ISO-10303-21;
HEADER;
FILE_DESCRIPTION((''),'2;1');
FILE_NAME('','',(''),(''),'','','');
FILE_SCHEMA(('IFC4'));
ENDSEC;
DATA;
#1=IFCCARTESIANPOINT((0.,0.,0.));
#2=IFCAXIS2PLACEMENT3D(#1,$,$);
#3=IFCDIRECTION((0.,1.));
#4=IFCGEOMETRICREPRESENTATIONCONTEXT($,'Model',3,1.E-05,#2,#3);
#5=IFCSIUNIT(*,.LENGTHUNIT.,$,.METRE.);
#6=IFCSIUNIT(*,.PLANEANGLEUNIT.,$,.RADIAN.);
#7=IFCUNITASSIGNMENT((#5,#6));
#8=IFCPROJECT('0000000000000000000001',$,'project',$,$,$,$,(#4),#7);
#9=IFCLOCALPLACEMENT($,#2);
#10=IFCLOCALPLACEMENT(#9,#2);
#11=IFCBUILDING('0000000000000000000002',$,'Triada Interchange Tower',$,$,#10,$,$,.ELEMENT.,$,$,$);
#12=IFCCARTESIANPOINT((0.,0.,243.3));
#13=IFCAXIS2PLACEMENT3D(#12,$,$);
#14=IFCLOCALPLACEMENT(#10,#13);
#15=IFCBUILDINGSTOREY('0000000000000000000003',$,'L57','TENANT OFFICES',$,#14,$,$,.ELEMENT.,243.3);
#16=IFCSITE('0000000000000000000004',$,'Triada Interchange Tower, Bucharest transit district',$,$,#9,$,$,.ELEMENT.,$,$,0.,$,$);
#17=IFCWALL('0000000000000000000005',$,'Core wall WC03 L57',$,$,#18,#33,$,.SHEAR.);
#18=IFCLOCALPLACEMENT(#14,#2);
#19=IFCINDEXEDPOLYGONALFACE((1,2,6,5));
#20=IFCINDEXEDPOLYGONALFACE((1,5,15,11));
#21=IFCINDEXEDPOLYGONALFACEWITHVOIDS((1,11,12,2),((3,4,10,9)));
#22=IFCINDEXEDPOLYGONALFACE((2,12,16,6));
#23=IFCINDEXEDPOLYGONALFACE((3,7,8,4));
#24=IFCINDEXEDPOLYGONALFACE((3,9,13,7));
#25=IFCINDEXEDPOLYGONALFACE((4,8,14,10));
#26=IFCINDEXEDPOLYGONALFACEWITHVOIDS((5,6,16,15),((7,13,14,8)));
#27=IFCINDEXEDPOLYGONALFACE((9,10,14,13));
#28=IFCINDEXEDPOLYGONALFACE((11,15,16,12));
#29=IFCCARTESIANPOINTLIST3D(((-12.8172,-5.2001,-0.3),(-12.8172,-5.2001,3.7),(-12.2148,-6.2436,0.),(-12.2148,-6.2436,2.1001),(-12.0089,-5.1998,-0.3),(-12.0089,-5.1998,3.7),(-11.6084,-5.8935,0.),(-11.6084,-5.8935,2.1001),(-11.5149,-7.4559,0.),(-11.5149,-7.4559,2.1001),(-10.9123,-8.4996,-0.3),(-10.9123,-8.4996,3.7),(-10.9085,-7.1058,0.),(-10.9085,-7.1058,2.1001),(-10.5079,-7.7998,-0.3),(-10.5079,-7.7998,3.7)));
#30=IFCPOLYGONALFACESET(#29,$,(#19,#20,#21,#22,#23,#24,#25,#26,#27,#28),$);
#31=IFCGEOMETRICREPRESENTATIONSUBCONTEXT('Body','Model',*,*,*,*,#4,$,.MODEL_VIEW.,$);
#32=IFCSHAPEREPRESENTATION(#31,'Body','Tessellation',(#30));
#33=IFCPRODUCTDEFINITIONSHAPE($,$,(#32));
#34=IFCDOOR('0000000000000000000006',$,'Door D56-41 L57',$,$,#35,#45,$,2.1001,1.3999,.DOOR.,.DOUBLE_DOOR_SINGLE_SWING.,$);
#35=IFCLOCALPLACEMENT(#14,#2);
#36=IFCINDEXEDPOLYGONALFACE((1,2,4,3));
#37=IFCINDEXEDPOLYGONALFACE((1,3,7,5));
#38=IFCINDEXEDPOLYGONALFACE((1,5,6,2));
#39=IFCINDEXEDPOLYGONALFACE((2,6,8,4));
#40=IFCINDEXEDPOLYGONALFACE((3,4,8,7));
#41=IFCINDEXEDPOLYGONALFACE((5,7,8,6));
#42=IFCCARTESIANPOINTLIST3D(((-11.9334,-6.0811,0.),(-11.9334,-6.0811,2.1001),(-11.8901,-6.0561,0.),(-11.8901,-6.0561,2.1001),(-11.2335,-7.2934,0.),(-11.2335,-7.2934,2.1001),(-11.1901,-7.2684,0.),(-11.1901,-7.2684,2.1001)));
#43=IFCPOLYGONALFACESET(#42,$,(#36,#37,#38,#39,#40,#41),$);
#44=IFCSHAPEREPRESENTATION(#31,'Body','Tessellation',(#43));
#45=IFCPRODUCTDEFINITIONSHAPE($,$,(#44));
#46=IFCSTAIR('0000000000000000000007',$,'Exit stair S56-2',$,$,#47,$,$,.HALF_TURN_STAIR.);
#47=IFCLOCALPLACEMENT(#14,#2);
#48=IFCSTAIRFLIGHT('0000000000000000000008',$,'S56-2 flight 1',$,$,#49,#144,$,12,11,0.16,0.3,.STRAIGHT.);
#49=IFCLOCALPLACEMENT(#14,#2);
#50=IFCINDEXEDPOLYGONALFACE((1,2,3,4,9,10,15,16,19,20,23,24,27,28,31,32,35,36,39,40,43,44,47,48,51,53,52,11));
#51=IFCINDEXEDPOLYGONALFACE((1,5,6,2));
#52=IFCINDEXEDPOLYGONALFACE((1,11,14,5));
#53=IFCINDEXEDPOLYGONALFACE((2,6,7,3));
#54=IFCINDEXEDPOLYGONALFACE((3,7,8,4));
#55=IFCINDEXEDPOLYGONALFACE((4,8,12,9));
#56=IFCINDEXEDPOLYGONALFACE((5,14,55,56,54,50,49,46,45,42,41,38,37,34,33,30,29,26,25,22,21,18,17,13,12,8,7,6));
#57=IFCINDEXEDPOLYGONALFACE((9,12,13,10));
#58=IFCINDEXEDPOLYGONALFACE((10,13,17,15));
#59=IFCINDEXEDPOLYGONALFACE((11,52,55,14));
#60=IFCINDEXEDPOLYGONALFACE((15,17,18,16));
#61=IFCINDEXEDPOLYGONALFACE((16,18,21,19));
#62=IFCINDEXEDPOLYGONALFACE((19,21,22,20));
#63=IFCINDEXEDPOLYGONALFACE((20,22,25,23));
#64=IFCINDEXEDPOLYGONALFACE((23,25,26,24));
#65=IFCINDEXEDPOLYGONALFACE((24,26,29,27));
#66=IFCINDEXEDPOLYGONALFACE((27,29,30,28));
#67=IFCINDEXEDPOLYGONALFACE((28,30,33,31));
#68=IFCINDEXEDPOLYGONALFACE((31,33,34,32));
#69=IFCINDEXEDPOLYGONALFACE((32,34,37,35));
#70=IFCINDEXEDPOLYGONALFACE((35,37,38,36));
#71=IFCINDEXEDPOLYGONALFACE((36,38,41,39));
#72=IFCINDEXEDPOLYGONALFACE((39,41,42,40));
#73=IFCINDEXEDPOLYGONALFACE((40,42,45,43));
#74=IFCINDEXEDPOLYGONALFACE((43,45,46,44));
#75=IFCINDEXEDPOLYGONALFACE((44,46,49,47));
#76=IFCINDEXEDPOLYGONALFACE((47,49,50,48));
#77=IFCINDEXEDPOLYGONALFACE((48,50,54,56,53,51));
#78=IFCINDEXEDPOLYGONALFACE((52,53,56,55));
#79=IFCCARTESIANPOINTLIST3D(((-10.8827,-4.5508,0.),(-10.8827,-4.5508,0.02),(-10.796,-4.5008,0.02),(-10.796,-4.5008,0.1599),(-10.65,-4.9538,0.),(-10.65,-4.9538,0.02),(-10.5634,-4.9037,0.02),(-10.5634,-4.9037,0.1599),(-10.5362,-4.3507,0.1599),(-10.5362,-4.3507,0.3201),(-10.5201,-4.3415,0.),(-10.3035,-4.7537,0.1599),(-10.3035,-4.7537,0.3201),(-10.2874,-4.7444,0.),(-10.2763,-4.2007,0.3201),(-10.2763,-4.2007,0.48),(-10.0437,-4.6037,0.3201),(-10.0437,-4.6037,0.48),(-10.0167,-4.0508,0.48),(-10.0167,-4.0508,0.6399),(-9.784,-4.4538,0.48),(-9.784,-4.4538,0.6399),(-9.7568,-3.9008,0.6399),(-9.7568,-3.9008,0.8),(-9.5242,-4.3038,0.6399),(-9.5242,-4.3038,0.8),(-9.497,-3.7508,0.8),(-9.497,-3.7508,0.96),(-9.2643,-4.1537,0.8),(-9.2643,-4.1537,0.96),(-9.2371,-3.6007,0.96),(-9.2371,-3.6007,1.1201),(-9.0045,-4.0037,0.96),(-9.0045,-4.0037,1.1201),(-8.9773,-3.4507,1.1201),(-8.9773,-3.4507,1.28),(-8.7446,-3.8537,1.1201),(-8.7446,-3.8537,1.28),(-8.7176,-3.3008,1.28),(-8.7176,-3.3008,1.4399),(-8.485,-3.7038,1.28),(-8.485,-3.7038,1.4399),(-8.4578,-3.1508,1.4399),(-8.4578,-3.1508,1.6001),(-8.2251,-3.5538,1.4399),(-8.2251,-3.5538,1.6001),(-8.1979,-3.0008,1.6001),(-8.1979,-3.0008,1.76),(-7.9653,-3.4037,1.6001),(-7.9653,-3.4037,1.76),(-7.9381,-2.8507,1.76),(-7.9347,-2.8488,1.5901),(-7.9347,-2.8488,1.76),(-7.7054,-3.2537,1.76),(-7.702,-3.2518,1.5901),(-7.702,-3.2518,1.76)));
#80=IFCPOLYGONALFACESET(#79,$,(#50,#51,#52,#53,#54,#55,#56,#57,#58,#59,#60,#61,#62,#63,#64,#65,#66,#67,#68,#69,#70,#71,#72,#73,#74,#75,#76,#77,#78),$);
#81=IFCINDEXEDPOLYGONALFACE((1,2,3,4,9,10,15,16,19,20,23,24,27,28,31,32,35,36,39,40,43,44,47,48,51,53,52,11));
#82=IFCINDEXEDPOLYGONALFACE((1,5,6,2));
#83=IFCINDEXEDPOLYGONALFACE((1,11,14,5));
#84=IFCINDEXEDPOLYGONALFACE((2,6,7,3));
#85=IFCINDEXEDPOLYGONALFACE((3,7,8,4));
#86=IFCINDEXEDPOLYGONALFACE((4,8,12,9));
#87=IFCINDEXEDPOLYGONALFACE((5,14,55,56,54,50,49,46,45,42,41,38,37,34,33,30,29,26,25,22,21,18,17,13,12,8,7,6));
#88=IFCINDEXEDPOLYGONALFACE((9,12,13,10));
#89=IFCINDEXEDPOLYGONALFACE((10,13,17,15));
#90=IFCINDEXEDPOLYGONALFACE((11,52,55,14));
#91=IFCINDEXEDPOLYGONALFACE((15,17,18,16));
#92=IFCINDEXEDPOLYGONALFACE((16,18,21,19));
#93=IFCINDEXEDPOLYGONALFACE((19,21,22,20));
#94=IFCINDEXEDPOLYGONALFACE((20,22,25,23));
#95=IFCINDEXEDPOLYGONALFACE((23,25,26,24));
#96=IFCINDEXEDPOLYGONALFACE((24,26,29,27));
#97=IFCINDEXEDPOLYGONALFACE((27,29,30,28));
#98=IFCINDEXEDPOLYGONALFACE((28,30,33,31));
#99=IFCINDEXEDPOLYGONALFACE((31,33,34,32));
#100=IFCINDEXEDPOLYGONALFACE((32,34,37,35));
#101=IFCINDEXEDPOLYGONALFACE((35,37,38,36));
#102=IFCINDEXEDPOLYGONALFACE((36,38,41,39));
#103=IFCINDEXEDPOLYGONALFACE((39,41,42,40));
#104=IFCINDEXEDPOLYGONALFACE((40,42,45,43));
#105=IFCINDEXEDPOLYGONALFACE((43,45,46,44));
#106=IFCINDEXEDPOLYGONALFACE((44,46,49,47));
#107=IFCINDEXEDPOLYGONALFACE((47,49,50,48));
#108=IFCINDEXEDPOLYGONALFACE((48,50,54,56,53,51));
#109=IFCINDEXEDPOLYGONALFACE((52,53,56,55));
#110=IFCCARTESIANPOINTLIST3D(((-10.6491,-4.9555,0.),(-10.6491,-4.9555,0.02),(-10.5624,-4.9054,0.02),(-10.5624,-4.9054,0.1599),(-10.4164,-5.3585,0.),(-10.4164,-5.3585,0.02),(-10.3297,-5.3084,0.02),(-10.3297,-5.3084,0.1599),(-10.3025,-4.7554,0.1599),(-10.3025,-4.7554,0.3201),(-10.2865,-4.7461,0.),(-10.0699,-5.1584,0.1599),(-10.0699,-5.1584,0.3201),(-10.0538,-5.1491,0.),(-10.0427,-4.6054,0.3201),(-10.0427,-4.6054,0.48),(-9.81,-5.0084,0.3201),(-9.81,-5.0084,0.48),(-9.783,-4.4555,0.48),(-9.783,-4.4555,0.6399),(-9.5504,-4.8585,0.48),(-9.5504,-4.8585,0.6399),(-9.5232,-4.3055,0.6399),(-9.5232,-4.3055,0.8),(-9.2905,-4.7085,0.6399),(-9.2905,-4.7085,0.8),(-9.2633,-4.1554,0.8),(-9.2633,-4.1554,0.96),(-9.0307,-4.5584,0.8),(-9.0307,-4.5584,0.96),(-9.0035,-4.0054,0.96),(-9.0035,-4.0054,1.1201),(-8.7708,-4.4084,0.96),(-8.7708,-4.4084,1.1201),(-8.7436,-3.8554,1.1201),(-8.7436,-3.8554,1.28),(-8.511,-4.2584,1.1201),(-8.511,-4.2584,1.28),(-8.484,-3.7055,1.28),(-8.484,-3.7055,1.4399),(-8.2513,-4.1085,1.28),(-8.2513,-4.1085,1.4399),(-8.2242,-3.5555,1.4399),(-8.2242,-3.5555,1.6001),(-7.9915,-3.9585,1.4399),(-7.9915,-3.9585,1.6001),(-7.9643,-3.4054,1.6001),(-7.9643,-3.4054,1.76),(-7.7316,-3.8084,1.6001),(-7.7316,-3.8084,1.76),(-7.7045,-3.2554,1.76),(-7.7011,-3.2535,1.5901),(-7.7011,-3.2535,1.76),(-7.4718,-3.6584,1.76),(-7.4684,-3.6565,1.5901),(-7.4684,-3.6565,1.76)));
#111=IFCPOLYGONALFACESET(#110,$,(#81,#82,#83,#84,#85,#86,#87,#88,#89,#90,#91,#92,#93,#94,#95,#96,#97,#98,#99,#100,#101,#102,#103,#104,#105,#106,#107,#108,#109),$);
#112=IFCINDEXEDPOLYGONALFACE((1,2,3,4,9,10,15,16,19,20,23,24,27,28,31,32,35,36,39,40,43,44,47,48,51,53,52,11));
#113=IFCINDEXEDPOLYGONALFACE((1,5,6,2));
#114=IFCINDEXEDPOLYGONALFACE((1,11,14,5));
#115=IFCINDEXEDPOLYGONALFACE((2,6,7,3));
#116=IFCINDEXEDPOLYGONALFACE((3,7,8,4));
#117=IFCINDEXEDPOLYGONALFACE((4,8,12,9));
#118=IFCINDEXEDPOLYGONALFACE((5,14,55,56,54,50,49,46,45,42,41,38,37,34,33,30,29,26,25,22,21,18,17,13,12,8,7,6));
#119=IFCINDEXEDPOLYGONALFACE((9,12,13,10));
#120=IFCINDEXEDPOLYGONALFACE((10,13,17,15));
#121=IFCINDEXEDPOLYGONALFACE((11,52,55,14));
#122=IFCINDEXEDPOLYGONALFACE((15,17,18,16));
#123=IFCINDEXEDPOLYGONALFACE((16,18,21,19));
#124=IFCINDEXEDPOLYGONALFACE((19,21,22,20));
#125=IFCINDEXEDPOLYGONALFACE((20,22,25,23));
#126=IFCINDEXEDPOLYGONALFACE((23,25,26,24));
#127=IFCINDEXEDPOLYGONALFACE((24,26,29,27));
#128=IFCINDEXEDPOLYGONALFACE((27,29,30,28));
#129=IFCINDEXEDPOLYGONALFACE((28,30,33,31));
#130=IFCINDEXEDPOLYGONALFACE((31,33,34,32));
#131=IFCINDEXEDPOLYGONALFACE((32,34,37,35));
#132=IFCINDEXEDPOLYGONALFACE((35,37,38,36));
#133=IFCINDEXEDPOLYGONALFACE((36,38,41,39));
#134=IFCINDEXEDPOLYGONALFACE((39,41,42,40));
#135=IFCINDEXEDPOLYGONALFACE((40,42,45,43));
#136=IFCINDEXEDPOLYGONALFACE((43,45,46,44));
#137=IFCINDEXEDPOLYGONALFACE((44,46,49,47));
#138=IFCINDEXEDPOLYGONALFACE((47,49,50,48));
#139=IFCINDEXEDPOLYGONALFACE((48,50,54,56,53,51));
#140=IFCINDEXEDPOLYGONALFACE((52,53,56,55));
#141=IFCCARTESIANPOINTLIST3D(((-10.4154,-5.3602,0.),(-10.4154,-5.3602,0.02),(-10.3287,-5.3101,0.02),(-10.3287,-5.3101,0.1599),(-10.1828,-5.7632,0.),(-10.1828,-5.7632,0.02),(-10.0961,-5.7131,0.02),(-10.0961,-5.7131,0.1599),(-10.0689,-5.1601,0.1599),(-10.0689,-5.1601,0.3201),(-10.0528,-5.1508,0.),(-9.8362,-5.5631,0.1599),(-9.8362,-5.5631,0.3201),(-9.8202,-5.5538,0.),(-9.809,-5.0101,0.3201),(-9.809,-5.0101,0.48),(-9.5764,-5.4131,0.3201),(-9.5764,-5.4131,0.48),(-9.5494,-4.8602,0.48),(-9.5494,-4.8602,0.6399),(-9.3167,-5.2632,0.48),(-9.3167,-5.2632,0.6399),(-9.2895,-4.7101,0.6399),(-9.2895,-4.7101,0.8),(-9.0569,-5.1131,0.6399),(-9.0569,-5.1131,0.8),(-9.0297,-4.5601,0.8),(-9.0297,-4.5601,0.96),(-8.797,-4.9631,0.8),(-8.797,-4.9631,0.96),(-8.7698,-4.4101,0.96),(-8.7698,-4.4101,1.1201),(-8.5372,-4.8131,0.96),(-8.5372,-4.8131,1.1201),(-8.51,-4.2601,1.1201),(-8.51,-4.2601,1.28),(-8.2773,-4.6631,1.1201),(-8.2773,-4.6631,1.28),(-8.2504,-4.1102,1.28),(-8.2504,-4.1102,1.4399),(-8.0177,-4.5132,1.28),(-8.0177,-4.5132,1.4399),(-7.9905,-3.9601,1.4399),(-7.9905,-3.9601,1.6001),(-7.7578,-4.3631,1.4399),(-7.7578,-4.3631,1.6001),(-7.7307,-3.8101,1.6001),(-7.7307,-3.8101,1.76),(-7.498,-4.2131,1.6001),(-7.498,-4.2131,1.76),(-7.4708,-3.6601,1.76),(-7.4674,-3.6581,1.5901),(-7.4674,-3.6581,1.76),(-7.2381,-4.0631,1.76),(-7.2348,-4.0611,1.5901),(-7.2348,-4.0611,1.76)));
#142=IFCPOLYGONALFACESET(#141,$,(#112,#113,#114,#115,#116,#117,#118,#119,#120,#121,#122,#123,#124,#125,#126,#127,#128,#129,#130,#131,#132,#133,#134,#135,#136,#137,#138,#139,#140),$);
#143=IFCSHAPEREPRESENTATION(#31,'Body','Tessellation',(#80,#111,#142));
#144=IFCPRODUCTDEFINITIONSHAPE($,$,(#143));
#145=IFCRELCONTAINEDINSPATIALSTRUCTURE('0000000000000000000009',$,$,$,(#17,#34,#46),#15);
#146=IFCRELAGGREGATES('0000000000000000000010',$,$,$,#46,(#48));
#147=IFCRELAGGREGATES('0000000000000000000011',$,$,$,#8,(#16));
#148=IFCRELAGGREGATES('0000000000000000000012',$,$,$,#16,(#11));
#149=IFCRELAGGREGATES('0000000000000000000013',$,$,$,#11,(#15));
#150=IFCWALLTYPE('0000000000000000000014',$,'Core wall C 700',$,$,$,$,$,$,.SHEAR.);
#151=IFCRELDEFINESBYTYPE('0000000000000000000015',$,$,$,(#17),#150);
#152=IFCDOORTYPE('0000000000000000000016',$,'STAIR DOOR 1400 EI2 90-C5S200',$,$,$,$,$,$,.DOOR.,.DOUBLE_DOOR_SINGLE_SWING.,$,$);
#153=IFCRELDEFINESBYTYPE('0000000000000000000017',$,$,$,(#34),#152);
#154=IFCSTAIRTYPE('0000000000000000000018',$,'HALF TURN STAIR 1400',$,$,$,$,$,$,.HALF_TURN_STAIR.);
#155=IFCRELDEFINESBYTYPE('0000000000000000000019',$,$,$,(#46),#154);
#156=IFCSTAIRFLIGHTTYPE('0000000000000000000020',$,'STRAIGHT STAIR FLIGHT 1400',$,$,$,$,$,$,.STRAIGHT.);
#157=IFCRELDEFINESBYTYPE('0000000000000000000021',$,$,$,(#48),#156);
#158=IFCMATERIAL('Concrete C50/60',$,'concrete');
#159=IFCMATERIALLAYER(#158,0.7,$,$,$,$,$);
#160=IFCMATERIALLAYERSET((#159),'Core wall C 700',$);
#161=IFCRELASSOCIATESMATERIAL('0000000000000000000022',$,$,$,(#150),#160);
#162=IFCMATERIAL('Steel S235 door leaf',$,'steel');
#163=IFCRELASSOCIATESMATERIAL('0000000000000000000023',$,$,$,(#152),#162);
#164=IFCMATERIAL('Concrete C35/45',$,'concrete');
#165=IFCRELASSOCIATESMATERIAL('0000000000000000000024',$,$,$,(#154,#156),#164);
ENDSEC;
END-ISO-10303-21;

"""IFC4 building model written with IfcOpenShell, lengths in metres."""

from ifc_helpers import new_model, si_unit, direction, frame, frame_2d, origin, place, context, subcontext, project, spatial, polyline, rectangle, outline, extrude, material, layer, layer_set, type_object, element, fill, aggregate, save


model = new_model("IFC4")

# Units and contexts
model_context = context("Model", 3, precision=1e-05, world=origin(), true_north=direction((0.0, 1.0)))
body_context = subcontext(model_context, "Body", "Model", "MODEL_VIEW")
ifc_project = project(units=[si_unit("LENGTHUNIT", "METRE"), si_unit("PLANEANGLEUNIT", "RADIAN")], contexts=[model_context])

# Site, building, storey
site_placement = place(None, origin())
site = spatial("IfcSite", under=ifc_project, at=site_placement, Name="Triada Interchange Tower, Bucharest transit district", CompositionType="ELEMENT", RefElevation=0.0)
building_placement = place(site_placement, origin())
building = spatial("IfcBuilding", under=site, at=building_placement, Name="Triada Interchange Tower", CompositionType="ELEMENT")
storey_placement = place(building_placement, frame((0.0, 0.0, 243.3)))
storey = spatial("IfcBuildingStorey", under=building, at=storey_placement, Name="L57", Description="TENANT OFFICES", CompositionType="ELEMENT", Elevation=243.3)

# Shared definitions
ifc_material_1 = material(Name="Steel S235 door leaf", Category="steel")

# Wall, opening, door
ifc_material_2 = material(Name="Concrete C50/60", Category="concrete")
ifc_layer_1 = layer(ifc_material_2, 0.7)
ifc_layer_set_1 = layer_set([ifc_layer_1], Name="Core wall C 700")
wall_type_1 = type_object("IfcWallType", Name="Core wall C 700", PredefinedType="SHEAR", material=ifc_layer_set_1)
wall_1_placement = place(storey_placement, frame((-12.4131, -5.2, -0.3), z_axis=(0.0, 0.0, 1.0), x_axis=(0.499993, -0.866029, 0.0)))
wall_1 = element("IfcWall", 1, at=wall_1_placement, inside=storey, type_object=wall_type_1, Name="Core wall WC03 L57", PredefinedType="SHEAR", context=body_context, shape_type="SweptSolid", body=[
    extrude(outline(polyline([(-0.2019, -0.3501), (1.7031, -0.3501), (3.6079, -0.3501), (3.2041, 0.3501), (1.7031, 0.3501), (0.2019, 0.3501), (-0.2019, -0.3501)])), origin(), (0.0, 0.0, 1.0), 4.0),
])
opening_1_placement = place(wall_1_placement, frame((1.0029, 0.0, 0.3)))
opening_1 = element("IfcOpeningElement", 2, at=opening_1_placement, cuts=wall_1, PredefinedType="OPENING", context=body_context, shape_type="SweptSolid", body=[
    extrude(rectangle(XDim=1.3999, YDim=2.1001, at=frame_2d((0.7, 1.05))), frame((0.0, 0.3601, 0.0), z_axis=(0.0, -1.0, 0.0), x_axis=(1.0, 0.0, 0.0)), (0.0, 0.0, 1.0), 0.7202),
])
door_type_1 = type_object("IfcDoorType", Name="STAIR DOOR 1400 EI2 90-C5S200", OperationType="DOUBLE_DOOR_SINGLE_SWING", PredefinedType="DOOR", material=ifc_material_1)
door_1_placement = place(opening_1_placement, origin())
door_1 = element("IfcDoor", 3, at=door_1_placement, inside=storey, type_object=door_type_1, Name="Door D56-41 L57", OperationType="DOUBLE_DOOR_SINGLE_SWING", OverallHeight=2.1001, OverallWidth=1.3999, PredefinedType="DOOR", context=body_context, shape_type="SweptSolid", body=[
    extrude(rectangle(XDim=1.3999, YDim=2.1001, at=frame_2d((0.7, 1.05))), frame((0.0, 0.0249, 0.0), z_axis=(0.0, -1.0, 0.0), x_axis=(1.0, 0.0, 0.0)), (0.0, 0.0, 1.0), 0.05),
])
fill(opening_1, door_1)

# Stair, stair flight
ifc_material_3 = material(Name="Concrete C35/45", Category="concrete")
stair_type = type_object("IfcStairType", Name="HALF TURN STAIR 1400", PredefinedType="HALF_TURN_STAIR", material=ifc_material_3)
stair_placement = place(storey_placement, origin())
stair = element("IfcStair", 4, at=stair_placement, inside=storey, type_object=stair_type, Name="Exit stair S56-2", PredefinedType="HALF_TURN_STAIR")
stair_flight_type = type_object("IfcStairFlightType", Name="STRAIGHT STAIR FLIGHT 1400", PredefinedType="STRAIGHT", material=ifc_material_3)
stair_flight_1_placement = place(storey_placement, frame((-10.446, -5.1069, 0.0), z_axis=(0.0, 0.0, 1.0), x_axis=(0.866025, 0.5, 0.0)))
stair_flight_1 = element("IfcStairFlight", 5, at=stair_flight_1_placement, type_object=stair_flight_type, Name="S56-2 flight 1", NumberOfRisers=12, NumberOfTreads=11, PredefinedType="STRAIGHT", RiserHeight=0.16, TreadLength=0.3, context=body_context, shape_type="SweptSolid", body=[
    extrude(outline(polyline([(-0.1001, 0.0), (-0.1001, 0.02), (0.0, 0.02), (0.0, 0.1599), (0.3, 0.1599), (0.3, 0.3201), (0.6001, 0.3201), (0.6001, 0.48), (0.8999, 0.48), (0.8999, 0.6399), (1.2, 0.6399), (1.2, 0.8), (1.5, 0.8), (1.5, 0.96), (1.8, 0.96), (1.8, 1.1201), (2.1001, 1.1201), (2.1001, 1.28), (2.3999, 1.28), (2.3999, 1.4399), (2.7, 1.4399), (2.7, 1.6001), (3.0, 1.6001), (3.0, 1.76), (3.3, 1.76), (3.304, 1.76), (3.304, 1.9199), (3.304, 1.5901), (0.3186, 0.0), (-0.1001, 0.0)])), frame((0.0, 0.7, 0.0), z_axis=(0.0, -1.0, 0.0), x_axis=(1.0, 0.0, 0.0)), (0.0, 0.0, 1.0), 0.4653),
    extrude(outline(polyline([(-0.1001, 0.0), (-0.1001, 0.02), (0.0, 0.02), (0.0, 0.1599), (0.3, 0.1599), (0.3, 0.3201), (0.6001, 0.3201), (0.6001, 0.48), (0.8999, 0.48), (0.8999, 0.6399), (1.2, 0.6399), (1.2, 0.8), (1.5, 0.8), (1.5, 0.96), (1.8, 0.96), (1.8, 1.1201), (2.1001, 1.1201), (2.1001, 1.28), (2.3999, 1.28), (2.3999, 1.4399), (2.7, 1.4399), (2.7, 1.6001), (3.0, 1.6001), (3.0, 1.76), (3.3, 1.76), (3.304, 1.76), (3.304, 1.9199), (3.304, 1.5901), (0.3186, 0.0), (-0.1001, 0.0)])), frame((0.0, 0.2327, 0.0), z_axis=(0.0, -1.0, 0.0), x_axis=(1.0, 0.0, 0.0)), (0.0, 0.0, 1.0), 0.4653),
    extrude(outline(polyline([(-0.1001, 0.0), (-0.1001, 0.02), (0.0, 0.02), (0.0, 0.1599), (0.3, 0.1599), (0.3, 0.3201), (0.6001, 0.3201), (0.6001, 0.48), (0.8999, 0.48), (0.8999, 0.6399), (1.2, 0.6399), (1.2, 0.8), (1.5, 0.8), (1.5, 0.96), (1.8, 0.96), (1.8, 1.1201), (2.1001, 1.1201), (2.1001, 1.28), (2.3999, 1.28), (2.3999, 1.4399), (2.7, 1.4399), (2.7, 1.6001), (3.0, 1.6001), (3.0, 1.76), (3.3, 1.76), (3.304, 1.76), (3.304, 1.9199), (3.304, 1.5901), (0.3186, 0.0), (-0.1001, 0.0)])), frame((0.0, -0.2346, 0.0), z_axis=(0.0, -1.0, 0.0), x_axis=(1.0, 0.0, 0.0)), (0.0, 0.0, 1.0), 0.4653),
])
aggregate(stair, [stair_flight_1])

save(model, "model.ifc")
